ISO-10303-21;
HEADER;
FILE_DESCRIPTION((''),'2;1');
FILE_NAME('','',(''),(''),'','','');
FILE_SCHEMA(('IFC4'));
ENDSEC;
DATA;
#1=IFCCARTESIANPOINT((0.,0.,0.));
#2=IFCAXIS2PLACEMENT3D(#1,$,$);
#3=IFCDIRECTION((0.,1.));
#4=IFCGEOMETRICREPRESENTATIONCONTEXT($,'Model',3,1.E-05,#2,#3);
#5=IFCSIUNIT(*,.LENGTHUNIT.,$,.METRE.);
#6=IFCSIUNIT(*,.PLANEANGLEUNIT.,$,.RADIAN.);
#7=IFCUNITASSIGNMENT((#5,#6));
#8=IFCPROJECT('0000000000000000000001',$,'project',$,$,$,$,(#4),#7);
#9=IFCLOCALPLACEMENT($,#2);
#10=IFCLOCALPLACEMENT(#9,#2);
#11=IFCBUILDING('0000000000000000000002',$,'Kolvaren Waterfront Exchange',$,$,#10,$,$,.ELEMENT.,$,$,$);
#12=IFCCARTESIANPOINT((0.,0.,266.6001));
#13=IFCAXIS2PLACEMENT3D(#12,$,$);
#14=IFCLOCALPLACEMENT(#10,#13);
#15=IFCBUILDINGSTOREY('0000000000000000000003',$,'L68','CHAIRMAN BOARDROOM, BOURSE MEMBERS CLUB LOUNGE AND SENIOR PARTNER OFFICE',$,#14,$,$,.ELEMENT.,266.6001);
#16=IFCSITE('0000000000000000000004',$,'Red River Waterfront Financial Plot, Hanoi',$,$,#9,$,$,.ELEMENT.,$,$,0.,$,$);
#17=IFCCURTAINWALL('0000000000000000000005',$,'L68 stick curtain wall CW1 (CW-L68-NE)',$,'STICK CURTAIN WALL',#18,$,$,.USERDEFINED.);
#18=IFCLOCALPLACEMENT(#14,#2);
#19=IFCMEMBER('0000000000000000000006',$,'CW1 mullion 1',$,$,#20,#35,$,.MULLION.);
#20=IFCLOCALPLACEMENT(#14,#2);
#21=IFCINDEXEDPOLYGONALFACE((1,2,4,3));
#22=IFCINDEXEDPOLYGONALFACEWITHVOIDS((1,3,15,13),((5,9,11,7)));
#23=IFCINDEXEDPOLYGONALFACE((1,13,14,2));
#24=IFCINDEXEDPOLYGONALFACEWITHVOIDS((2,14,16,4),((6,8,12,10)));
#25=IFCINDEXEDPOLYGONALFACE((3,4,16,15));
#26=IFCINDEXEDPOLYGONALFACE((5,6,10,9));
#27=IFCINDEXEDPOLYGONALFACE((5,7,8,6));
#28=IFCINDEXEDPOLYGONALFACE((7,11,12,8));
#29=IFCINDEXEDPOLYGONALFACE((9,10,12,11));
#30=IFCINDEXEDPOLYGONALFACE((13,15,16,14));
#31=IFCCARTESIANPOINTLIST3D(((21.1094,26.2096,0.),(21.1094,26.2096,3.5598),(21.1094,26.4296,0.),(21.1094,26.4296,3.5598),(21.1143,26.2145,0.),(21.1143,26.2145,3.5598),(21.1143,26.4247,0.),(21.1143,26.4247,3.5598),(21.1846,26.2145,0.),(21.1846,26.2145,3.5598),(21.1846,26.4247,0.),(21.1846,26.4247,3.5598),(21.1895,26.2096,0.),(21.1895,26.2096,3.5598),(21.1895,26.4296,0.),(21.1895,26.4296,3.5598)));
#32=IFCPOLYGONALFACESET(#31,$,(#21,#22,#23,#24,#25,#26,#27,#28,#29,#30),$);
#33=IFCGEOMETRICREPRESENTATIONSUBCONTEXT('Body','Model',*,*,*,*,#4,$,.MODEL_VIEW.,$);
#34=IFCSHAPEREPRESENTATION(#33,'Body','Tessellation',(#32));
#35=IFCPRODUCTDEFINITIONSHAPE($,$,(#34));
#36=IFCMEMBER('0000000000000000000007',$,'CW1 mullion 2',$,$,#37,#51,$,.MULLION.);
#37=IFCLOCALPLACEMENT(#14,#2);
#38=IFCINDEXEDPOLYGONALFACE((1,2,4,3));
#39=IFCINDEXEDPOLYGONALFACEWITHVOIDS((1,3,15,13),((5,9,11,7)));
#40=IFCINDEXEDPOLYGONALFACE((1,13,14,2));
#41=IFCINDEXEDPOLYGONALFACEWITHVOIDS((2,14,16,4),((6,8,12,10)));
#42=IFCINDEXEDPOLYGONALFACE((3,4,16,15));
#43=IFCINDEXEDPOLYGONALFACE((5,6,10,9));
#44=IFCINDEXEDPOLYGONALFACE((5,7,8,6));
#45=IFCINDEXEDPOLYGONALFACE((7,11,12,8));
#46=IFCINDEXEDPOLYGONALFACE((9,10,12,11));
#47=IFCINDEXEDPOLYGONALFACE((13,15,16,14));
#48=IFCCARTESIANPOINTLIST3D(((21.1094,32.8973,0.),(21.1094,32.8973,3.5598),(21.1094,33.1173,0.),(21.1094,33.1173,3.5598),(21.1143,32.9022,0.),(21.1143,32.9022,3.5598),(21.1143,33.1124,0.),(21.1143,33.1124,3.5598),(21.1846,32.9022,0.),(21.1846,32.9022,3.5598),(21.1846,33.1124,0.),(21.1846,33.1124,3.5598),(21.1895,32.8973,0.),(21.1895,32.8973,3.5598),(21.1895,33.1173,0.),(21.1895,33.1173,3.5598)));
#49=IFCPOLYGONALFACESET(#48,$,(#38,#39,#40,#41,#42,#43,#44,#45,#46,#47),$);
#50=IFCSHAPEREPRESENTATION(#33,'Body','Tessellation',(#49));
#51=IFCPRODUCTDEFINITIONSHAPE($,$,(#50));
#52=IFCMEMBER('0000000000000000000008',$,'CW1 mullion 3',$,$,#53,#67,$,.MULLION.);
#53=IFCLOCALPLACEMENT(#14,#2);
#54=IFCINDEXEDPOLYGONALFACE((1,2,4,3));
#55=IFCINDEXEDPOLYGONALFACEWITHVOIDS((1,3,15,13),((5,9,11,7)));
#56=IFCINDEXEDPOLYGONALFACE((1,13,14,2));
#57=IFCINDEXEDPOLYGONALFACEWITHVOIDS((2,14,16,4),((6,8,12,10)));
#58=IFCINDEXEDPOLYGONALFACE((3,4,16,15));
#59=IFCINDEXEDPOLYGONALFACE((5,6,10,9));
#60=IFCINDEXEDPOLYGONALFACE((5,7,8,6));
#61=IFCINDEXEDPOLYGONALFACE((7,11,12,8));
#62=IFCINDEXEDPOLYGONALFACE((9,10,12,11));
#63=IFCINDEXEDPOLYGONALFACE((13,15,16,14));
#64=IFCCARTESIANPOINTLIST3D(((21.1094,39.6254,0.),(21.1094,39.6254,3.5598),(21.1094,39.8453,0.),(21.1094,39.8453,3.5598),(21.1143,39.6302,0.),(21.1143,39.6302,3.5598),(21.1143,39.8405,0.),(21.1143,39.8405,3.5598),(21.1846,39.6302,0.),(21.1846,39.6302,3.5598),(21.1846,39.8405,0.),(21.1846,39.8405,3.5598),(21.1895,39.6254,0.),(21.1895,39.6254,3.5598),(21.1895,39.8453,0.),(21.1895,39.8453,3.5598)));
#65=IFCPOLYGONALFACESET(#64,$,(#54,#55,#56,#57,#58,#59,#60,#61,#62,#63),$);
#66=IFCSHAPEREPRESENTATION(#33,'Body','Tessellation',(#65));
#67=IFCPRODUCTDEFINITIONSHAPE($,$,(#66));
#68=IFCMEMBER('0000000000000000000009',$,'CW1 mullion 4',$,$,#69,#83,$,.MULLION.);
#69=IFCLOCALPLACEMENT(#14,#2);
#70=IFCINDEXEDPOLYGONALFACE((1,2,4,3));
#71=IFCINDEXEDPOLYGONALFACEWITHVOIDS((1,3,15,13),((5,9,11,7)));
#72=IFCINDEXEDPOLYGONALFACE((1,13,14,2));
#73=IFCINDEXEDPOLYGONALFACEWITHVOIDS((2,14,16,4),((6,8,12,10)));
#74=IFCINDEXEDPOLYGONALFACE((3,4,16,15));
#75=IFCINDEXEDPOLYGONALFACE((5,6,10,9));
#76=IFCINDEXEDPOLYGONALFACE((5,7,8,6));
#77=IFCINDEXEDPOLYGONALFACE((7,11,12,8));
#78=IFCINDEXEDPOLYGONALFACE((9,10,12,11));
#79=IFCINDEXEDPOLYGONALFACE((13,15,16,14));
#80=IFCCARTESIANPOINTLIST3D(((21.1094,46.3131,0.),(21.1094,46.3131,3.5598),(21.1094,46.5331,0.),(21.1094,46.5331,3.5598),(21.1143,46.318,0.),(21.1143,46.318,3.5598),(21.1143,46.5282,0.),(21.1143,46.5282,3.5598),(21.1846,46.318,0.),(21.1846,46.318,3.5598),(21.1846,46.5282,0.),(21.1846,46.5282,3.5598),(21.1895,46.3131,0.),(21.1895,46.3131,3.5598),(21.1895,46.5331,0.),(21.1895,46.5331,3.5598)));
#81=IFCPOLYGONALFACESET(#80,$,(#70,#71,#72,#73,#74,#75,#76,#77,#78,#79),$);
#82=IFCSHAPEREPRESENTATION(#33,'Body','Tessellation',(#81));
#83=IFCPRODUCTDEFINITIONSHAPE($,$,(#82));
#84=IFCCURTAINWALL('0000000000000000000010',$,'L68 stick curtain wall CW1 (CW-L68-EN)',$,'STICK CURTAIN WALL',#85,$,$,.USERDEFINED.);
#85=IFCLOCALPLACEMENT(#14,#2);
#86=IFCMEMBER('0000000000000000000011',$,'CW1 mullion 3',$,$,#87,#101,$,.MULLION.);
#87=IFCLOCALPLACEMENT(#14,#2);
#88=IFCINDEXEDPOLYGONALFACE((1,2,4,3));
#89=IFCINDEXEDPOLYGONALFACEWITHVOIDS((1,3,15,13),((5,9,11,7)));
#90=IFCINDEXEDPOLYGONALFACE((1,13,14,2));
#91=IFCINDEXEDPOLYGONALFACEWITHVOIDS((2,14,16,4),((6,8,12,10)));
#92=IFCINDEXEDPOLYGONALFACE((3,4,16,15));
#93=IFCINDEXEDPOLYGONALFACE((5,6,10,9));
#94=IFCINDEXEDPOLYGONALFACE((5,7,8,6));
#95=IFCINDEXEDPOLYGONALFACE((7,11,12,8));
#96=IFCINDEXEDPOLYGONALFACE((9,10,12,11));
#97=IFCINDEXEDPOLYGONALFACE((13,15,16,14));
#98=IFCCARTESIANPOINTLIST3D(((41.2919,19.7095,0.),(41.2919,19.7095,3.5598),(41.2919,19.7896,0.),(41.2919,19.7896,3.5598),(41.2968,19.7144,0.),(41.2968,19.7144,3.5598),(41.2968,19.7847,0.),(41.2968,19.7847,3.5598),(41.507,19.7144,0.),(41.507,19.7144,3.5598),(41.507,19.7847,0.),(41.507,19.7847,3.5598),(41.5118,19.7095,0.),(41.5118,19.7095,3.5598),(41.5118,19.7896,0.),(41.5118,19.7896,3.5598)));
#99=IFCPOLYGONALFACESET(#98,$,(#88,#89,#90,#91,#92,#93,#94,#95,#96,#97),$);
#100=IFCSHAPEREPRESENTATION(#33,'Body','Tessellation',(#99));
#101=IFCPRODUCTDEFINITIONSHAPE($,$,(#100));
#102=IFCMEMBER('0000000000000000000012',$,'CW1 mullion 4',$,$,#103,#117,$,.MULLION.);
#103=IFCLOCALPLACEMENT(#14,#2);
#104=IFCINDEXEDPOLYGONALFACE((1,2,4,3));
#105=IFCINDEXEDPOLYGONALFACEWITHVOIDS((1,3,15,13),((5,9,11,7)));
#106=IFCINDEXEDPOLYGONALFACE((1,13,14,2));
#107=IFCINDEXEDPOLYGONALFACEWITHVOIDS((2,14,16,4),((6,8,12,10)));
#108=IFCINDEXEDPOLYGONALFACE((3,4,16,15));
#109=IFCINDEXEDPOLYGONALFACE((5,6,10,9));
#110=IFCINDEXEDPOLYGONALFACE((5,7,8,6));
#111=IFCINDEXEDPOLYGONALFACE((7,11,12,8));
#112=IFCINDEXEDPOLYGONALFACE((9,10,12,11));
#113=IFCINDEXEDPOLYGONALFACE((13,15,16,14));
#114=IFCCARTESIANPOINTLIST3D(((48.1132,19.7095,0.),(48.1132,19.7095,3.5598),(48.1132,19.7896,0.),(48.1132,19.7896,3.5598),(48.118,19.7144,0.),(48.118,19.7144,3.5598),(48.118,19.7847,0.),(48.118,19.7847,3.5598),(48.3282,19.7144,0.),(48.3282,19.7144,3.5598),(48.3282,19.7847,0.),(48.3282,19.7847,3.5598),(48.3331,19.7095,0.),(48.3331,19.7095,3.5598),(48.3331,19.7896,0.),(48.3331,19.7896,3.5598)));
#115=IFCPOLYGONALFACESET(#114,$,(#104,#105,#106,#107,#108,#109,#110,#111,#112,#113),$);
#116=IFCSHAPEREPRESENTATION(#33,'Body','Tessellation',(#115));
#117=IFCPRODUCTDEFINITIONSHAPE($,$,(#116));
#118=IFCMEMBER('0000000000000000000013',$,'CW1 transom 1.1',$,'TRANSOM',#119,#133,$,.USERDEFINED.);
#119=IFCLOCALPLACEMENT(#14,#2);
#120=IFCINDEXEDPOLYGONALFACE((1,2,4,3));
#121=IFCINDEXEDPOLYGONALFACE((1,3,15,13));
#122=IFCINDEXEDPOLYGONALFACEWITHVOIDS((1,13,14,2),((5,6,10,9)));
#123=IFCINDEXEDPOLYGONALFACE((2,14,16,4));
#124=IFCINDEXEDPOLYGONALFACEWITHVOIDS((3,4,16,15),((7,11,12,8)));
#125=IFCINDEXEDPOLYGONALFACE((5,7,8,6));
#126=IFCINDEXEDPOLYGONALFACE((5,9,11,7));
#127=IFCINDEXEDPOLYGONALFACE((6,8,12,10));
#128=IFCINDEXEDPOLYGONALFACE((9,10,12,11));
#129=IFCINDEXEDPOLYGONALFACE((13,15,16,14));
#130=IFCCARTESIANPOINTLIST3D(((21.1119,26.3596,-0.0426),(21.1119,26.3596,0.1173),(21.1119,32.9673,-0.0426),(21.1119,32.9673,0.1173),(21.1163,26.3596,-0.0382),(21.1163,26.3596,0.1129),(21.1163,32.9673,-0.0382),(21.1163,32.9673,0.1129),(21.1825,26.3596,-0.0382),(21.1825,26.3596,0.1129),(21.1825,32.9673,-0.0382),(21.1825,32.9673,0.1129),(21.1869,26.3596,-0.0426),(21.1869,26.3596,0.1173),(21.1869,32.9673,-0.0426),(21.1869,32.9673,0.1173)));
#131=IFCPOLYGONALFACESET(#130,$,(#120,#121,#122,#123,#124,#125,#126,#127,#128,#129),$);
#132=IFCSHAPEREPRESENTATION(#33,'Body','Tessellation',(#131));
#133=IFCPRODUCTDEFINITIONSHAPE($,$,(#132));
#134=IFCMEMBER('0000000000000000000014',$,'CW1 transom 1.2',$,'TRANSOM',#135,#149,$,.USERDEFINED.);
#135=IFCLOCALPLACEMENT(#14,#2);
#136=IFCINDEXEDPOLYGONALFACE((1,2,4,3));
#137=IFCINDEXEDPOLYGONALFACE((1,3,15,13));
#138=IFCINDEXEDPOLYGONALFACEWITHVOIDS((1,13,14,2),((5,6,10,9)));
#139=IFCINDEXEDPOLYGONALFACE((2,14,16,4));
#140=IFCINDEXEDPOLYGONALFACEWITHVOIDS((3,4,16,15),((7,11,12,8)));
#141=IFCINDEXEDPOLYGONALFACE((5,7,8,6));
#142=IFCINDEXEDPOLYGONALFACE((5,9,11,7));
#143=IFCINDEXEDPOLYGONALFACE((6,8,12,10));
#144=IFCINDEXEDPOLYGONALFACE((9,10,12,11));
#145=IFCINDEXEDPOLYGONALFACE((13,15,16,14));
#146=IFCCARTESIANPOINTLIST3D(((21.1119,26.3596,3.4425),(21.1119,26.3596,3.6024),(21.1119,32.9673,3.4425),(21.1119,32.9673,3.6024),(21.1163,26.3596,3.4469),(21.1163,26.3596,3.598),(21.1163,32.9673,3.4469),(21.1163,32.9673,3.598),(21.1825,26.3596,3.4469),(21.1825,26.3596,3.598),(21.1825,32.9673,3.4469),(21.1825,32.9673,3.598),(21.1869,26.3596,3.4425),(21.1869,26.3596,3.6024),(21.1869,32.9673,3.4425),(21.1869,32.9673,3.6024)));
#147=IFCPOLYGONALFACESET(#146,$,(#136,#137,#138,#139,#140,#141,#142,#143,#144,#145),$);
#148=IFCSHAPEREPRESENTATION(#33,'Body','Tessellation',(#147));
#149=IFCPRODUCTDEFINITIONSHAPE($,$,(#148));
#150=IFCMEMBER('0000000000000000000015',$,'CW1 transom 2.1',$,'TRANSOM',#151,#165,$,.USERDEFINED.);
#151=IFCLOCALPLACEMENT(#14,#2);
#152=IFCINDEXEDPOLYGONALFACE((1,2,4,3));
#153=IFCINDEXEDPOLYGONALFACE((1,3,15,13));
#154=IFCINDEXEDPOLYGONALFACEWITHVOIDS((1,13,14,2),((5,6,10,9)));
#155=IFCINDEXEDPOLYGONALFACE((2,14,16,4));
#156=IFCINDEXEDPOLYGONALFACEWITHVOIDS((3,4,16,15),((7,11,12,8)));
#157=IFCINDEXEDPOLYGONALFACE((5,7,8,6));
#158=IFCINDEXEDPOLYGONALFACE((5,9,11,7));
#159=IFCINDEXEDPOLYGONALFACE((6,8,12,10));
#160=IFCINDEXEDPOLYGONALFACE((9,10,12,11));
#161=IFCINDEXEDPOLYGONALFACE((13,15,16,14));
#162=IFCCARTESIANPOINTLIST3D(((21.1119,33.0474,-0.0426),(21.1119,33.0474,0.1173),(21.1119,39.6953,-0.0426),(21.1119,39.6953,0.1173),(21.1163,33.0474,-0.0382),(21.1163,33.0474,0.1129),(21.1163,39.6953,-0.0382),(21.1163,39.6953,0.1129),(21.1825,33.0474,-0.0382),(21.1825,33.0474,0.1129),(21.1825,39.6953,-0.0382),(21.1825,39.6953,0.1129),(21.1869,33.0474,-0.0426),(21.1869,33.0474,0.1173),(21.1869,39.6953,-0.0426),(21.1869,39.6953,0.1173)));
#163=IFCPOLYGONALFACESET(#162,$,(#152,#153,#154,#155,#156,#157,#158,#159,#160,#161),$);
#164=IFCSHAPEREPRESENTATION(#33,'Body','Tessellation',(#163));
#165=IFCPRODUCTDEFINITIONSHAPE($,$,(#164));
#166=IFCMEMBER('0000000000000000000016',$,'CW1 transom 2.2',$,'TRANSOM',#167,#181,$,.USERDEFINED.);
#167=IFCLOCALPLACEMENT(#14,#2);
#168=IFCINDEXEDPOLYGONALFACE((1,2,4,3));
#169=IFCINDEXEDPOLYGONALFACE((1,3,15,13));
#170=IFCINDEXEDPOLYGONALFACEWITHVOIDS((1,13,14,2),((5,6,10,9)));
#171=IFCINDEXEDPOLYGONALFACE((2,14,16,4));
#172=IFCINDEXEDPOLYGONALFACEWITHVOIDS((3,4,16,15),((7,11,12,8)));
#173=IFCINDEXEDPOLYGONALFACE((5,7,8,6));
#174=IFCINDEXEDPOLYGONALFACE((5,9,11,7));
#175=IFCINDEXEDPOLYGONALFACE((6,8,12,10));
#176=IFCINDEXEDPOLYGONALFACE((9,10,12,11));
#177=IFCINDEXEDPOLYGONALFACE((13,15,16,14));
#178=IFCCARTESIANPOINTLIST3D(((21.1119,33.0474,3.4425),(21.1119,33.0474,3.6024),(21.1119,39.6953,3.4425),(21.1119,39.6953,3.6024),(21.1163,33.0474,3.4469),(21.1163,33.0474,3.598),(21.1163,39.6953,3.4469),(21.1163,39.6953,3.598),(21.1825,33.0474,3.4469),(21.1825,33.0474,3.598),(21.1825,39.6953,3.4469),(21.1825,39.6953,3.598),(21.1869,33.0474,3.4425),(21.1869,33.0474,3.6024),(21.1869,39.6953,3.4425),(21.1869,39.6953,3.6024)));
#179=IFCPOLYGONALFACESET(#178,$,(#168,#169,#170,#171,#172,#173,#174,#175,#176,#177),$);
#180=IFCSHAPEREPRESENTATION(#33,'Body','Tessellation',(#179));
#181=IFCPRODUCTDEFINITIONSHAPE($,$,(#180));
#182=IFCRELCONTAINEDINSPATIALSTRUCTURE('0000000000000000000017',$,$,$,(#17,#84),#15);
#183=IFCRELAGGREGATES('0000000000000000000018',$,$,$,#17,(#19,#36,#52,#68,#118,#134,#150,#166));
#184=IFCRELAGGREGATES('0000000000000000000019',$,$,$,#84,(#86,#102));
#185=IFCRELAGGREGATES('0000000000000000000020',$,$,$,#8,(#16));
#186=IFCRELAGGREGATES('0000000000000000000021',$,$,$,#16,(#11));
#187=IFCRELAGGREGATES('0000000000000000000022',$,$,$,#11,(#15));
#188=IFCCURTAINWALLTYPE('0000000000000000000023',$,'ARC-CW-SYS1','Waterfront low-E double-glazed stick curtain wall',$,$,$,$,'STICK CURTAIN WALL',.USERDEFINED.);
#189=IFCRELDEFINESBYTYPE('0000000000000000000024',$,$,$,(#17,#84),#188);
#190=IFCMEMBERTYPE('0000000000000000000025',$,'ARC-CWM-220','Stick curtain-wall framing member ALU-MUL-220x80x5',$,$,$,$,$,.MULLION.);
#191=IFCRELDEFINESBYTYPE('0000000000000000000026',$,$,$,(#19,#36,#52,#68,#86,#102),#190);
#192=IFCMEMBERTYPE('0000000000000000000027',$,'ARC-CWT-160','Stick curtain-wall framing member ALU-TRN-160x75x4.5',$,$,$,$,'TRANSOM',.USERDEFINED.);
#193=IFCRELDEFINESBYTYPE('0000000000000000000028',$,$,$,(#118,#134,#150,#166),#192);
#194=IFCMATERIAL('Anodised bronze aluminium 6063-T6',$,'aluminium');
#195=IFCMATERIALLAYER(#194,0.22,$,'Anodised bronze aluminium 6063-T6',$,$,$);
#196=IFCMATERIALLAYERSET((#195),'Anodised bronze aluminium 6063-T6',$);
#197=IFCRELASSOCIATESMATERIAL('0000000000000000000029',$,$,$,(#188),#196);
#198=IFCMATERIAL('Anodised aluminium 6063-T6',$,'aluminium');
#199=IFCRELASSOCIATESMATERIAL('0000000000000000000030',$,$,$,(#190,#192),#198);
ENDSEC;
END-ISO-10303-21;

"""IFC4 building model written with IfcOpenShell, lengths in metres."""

from ifc_helpers import new_model, si_unit, direction, frame, origin, origin_with_axes, origin_2d, place, context, subcontext, project, spatial, hollow_rectangle, extrude, source, transform, mapped, material, layer, layer_set, material_profile, profile_set, type_object, element, aggregate, save


model = new_model("IFC4")

# Units and contexts
model_context = context("Model", 3, precision=1e-05, world=origin(), true_north=direction((0.0, 1.0)))
body_context = subcontext(model_context, "Body", "Model", "MODEL_VIEW")
ifc_project = project(units=[si_unit("LENGTHUNIT", "METRE"), si_unit("PLANEANGLEUNIT", "RADIAN")], contexts=[model_context])

# Site, building, storey
site_placement = place(None, origin())
site = spatial("IfcSite", under=ifc_project, at=site_placement, Name="Red River Waterfront Financial Plot, Hanoi", CompositionType="ELEMENT", RefElevation=0.0)
building_placement = place(site_placement, origin())
building = spatial("IfcBuilding", under=site, at=building_placement, Name="Kolvaren Waterfront Exchange", CompositionType="ELEMENT")
storey_placement = place(building_placement, frame((0.0, 0.0, 266.6001)))
storey = spatial("IfcBuildingStorey", under=building, at=storey_placement, Name="L68", Description="CHAIRMAN BOARDROOM, BOURSE MEMBERS CLUB LOUNGE AND SENIOR PARTNER OFFICE", CompositionType="ELEMENT", Elevation=266.6001)

# Curtain walls, members
ifc_material_1 = material(Name="Anodised bronze aluminium 6063-T6", Category="aluminium")
ifc_layer_1 = layer(ifc_material_1, 0.22, Name="Anodised bronze aluminium 6063-T6")
ifc_layer_set_1 = layer_set([ifc_layer_1], Name="Anodised bronze aluminium 6063-T6")
curtain_wall_type = type_object("IfcCurtainWallType", Name="ARC-CW-SYS1", Description="Waterfront low-E double-glazed stick curtain wall", ElementType="STICK CURTAIN WALL", PredefinedType="USERDEFINED", material=ifc_layer_set_1)
curtain_wall_1_placement = place(storey_placement, origin())
curtain_wall_1 = element("IfcCurtainWall", 1, at=curtain_wall_1_placement, inside=storey, type_object=curtain_wall_type, Name="L68 stick curtain wall CW1 (CW-L68-NE)", ObjectType="STICK CURTAIN WALL", PredefinedType="USERDEFINED")
ifc_material_2 = material(Name="Anodised aluminium 6063-T6", Category="aluminium")
ifc_material_profile_1 = material_profile(ifc_material_2, hollow_rectangle(XDim=0.0801, YDim=0.22, WallThickness=0.0049, at=origin_2d()), Name="ALU-MUL-220x80x5")
ifc_profile_set_1 = profile_set([ifc_material_profile_1], Name="Anodised aluminium 6063-T6")
member_type_1 = type_object("IfcMemberType", Name="ARC-CWM-220", Description="Stick curtain-wall framing member ALU-MUL-220x80x5", PredefinedType="MULLION", material=ifc_profile_set_1)
shared_shape_1 = source(origin_with_axes(), body_context, "Body", "SweptSolid", [
    extrude(hollow_rectangle(XDim=0.0801, YDim=0.22, WallThickness=0.0049, at=origin_2d()), origin(), (0.0, 0.0, 1.0), 3.5598),
])
member_1_placement = place(storey_placement, frame((21.1494, 26.3196, 0.0), z_axis=(0.0, 0.0, 1.0), x_axis=(-1.0, 0.0, 0.0)))
member_1 = element("IfcMember", 2, at=member_1_placement, type_object=member_type_1, Name="CW1 mullion 1", PredefinedType="MULLION", context=body_context, shape_type="MappedRepresentation", body=[
    mapped(shared_shape_1, transform((0.0, 0.0, 0.0), x_axis=(1.0, 0.0, 0.0), y_axis=(0.0, 1.0, 0.0), z_axis=(0.0, 0.0, 1.0), scale=1.0)),
])
member_2_placement = place(storey_placement, frame((21.1494, 33.0073, 0.0), z_axis=(0.0, 0.0, 1.0), x_axis=(-1.0, 0.0, 0.0)))
member_2 = element("IfcMember", 3, at=member_2_placement, type_object=member_type_1, Name="CW1 mullion 2", PredefinedType="MULLION", context=body_context, shape_type="MappedRepresentation", body=[
    mapped(shared_shape_1, transform((0.0, 0.0, 0.0), x_axis=(1.0, 0.0, 0.0), y_axis=(0.0, 1.0, 0.0), z_axis=(0.0, 0.0, 1.0), scale=1.0)),
])
member_3_placement = place(storey_placement, frame((21.1494, 39.7354, 0.0), z_axis=(0.0, 0.0, 1.0), x_axis=(-1.0, 0.0, 0.0)))
member_3 = element("IfcMember", 4, at=member_3_placement, type_object=member_type_1, Name="CW1 mullion 3", PredefinedType="MULLION", context=body_context, shape_type="MappedRepresentation", body=[
    mapped(shared_shape_1, transform((0.0, 0.0, 0.0), x_axis=(1.0, 0.0, 0.0), y_axis=(0.0, 1.0, 0.0), z_axis=(0.0, 0.0, 1.0), scale=1.0)),
])
member_4_placement = place(storey_placement, frame((21.1494, 46.4231, 0.0), z_axis=(0.0, 0.0, 1.0), x_axis=(-1.0, 0.0, 0.0)))
member_4 = element("IfcMember", 5, at=member_4_placement, type_object=member_type_1, Name="CW1 mullion 4", PredefinedType="MULLION", context=body_context, shape_type="MappedRepresentation", body=[
    mapped(shared_shape_1, transform((0.0, 0.0, 0.0), x_axis=(1.0, 0.0, 0.0), y_axis=(0.0, 1.0, 0.0), z_axis=(0.0, 0.0, 1.0), scale=1.0)),
])
curtain_wall_2_placement = place(storey_placement, origin())
curtain_wall_2 = element("IfcCurtainWall", 6, at=curtain_wall_2_placement, inside=storey, type_object=curtain_wall_type, Name="L68 stick curtain wall CW1 (CW-L68-EN)", ObjectType="STICK CURTAIN WALL", PredefinedType="USERDEFINED")
member_5_placement = place(storey_placement, frame((41.4019, 19.7495, 0.0), z_axis=(0.0, 0.0, 1.0), x_axis=(0.0, 1.0, 0.0)))
member_5 = element("IfcMember", 7, at=member_5_placement, type_object=member_type_1, Name="CW1 mullion 3", PredefinedType="MULLION", context=body_context, shape_type="MappedRepresentation", body=[
    mapped(shared_shape_1, transform((0.0, 0.0, 0.0), x_axis=(1.0, 0.0, 0.0), y_axis=(0.0, 1.0, 0.0), z_axis=(0.0, 0.0, 1.0), scale=1.0)),
])
member_6_placement = place(storey_placement, frame((48.2231, 19.7495, 0.0), z_axis=(0.0, 0.0, 1.0), x_axis=(0.0, 1.0, 0.0)))
member_6 = element("IfcMember", 8, at=member_6_placement, type_object=member_type_1, Name="CW1 mullion 4", PredefinedType="MULLION", context=body_context, shape_type="MappedRepresentation", body=[
    mapped(shared_shape_1, transform((0.0, 0.0, 0.0), x_axis=(1.0, 0.0, 0.0), y_axis=(0.0, 1.0, 0.0), z_axis=(0.0, 0.0, 1.0), scale=1.0)),
])

# Members
ifc_material_profile_2 = material_profile(ifc_material_2, hollow_rectangle(XDim=0.075, YDim=0.1599, WallThickness=0.0044, at=origin_2d()), Name="ALU-TRN-160x75x4.5")
ifc_profile_set_2 = profile_set([ifc_material_profile_2], Name="Anodised aluminium 6063-T6")
member_type_2 = type_object("IfcMemberType", Name="ARC-CWT-160", Description="Stick curtain-wall framing member ALU-TRN-160x75x4.5", ElementType="TRANSOM", PredefinedType="USERDEFINED", material=ifc_profile_set_2)
shared_shape_2 = source(origin_with_axes(), body_context, "Body", "SweptSolid", [
    extrude(hollow_rectangle(XDim=0.075, YDim=0.1599, WallThickness=0.0044, at=origin_2d()), origin(), (0.0, 0.0, 1.0), 6.6077),
])
member_7_placement = place(storey_placement, frame((21.1494, 26.3596, 0.0374), z_axis=(0.0, 1.0, 0.0), x_axis=(-1.0, 0.0, 0.0)))
member_7 = element("IfcMember", 9, at=member_7_placement, type_object=member_type_2, Name="CW1 transom 1.1", ObjectType="TRANSOM", PredefinedType="USERDEFINED", context=body_context, shape_type="MappedRepresentation", body=[
    mapped(shared_shape_2, transform((0.0, 0.0, 0.0), x_axis=(1.0, 0.0, 0.0), y_axis=(0.0, 1.0, 0.0), z_axis=(0.0, 0.0, 1.0), scale=1.0)),
])
member_8_placement = place(storey_placement, frame((21.1494, 26.3596, 3.5225), z_axis=(0.0, 1.0, 0.0), x_axis=(-1.0, 0.0, 0.0)))
member_8 = element("IfcMember", 10, at=member_8_placement, type_object=member_type_2, Name="CW1 transom 1.2", ObjectType="TRANSOM", PredefinedType="USERDEFINED", context=body_context, shape_type="MappedRepresentation", body=[
    mapped(shared_shape_2, transform((0.0, 0.0, 0.0), x_axis=(1.0, 0.0, 0.0), y_axis=(0.0, 1.0, 0.0), z_axis=(0.0, 0.0, 1.0), scale=1.0)),
])
shared_shape_3 = source(origin_with_axes(), body_context, "Body", "SweptSolid", [
    extrude(hollow_rectangle(XDim=0.075, YDim=0.1599, WallThickness=0.0044, at=origin_2d()), origin(), (0.0, 0.0, 1.0), 6.6479),
])
member_9_placement = place(storey_placement, frame((21.1494, 33.0474, 0.0374), z_axis=(0.0, 1.0, 0.0), x_axis=(-1.0, 0.0, 0.0)))
member_9 = element("IfcMember", 11, at=member_9_placement, type_object=member_type_2, Name="CW1 transom 2.1", ObjectType="TRANSOM", PredefinedType="USERDEFINED", context=body_context, shape_type="MappedRepresentation", body=[
    mapped(shared_shape_3, transform((0.0, 0.0, 0.0), x_axis=(1.0, 0.0, 0.0), y_axis=(0.0, 1.0, 0.0), z_axis=(0.0, 0.0, 1.0), scale=1.0)),
])
member_10_placement = place(storey_placement, frame((21.1494, 33.0474, 3.5225), z_axis=(0.0, 1.0, 0.0), x_axis=(-1.0, 0.0, 0.0)))
member_10 = element("IfcMember", 12, at=member_10_placement, type_object=member_type_2, Name="CW1 transom 2.2", ObjectType="TRANSOM", PredefinedType="USERDEFINED", context=body_context, shape_type="MappedRepresentation", body=[
    mapped(shared_shape_3, transform((0.0, 0.0, 0.0), x_axis=(1.0, 0.0, 0.0), y_axis=(0.0, 1.0, 0.0), z_axis=(0.0, 0.0, 1.0), scale=1.0)),
])

aggregate(curtain_wall_1, [member_1, member_2, member_3, member_4, member_7, member_8, member_9, member_10])
aggregate(curtain_wall_2, [member_5, member_6])

save(model, "model.ifc")
